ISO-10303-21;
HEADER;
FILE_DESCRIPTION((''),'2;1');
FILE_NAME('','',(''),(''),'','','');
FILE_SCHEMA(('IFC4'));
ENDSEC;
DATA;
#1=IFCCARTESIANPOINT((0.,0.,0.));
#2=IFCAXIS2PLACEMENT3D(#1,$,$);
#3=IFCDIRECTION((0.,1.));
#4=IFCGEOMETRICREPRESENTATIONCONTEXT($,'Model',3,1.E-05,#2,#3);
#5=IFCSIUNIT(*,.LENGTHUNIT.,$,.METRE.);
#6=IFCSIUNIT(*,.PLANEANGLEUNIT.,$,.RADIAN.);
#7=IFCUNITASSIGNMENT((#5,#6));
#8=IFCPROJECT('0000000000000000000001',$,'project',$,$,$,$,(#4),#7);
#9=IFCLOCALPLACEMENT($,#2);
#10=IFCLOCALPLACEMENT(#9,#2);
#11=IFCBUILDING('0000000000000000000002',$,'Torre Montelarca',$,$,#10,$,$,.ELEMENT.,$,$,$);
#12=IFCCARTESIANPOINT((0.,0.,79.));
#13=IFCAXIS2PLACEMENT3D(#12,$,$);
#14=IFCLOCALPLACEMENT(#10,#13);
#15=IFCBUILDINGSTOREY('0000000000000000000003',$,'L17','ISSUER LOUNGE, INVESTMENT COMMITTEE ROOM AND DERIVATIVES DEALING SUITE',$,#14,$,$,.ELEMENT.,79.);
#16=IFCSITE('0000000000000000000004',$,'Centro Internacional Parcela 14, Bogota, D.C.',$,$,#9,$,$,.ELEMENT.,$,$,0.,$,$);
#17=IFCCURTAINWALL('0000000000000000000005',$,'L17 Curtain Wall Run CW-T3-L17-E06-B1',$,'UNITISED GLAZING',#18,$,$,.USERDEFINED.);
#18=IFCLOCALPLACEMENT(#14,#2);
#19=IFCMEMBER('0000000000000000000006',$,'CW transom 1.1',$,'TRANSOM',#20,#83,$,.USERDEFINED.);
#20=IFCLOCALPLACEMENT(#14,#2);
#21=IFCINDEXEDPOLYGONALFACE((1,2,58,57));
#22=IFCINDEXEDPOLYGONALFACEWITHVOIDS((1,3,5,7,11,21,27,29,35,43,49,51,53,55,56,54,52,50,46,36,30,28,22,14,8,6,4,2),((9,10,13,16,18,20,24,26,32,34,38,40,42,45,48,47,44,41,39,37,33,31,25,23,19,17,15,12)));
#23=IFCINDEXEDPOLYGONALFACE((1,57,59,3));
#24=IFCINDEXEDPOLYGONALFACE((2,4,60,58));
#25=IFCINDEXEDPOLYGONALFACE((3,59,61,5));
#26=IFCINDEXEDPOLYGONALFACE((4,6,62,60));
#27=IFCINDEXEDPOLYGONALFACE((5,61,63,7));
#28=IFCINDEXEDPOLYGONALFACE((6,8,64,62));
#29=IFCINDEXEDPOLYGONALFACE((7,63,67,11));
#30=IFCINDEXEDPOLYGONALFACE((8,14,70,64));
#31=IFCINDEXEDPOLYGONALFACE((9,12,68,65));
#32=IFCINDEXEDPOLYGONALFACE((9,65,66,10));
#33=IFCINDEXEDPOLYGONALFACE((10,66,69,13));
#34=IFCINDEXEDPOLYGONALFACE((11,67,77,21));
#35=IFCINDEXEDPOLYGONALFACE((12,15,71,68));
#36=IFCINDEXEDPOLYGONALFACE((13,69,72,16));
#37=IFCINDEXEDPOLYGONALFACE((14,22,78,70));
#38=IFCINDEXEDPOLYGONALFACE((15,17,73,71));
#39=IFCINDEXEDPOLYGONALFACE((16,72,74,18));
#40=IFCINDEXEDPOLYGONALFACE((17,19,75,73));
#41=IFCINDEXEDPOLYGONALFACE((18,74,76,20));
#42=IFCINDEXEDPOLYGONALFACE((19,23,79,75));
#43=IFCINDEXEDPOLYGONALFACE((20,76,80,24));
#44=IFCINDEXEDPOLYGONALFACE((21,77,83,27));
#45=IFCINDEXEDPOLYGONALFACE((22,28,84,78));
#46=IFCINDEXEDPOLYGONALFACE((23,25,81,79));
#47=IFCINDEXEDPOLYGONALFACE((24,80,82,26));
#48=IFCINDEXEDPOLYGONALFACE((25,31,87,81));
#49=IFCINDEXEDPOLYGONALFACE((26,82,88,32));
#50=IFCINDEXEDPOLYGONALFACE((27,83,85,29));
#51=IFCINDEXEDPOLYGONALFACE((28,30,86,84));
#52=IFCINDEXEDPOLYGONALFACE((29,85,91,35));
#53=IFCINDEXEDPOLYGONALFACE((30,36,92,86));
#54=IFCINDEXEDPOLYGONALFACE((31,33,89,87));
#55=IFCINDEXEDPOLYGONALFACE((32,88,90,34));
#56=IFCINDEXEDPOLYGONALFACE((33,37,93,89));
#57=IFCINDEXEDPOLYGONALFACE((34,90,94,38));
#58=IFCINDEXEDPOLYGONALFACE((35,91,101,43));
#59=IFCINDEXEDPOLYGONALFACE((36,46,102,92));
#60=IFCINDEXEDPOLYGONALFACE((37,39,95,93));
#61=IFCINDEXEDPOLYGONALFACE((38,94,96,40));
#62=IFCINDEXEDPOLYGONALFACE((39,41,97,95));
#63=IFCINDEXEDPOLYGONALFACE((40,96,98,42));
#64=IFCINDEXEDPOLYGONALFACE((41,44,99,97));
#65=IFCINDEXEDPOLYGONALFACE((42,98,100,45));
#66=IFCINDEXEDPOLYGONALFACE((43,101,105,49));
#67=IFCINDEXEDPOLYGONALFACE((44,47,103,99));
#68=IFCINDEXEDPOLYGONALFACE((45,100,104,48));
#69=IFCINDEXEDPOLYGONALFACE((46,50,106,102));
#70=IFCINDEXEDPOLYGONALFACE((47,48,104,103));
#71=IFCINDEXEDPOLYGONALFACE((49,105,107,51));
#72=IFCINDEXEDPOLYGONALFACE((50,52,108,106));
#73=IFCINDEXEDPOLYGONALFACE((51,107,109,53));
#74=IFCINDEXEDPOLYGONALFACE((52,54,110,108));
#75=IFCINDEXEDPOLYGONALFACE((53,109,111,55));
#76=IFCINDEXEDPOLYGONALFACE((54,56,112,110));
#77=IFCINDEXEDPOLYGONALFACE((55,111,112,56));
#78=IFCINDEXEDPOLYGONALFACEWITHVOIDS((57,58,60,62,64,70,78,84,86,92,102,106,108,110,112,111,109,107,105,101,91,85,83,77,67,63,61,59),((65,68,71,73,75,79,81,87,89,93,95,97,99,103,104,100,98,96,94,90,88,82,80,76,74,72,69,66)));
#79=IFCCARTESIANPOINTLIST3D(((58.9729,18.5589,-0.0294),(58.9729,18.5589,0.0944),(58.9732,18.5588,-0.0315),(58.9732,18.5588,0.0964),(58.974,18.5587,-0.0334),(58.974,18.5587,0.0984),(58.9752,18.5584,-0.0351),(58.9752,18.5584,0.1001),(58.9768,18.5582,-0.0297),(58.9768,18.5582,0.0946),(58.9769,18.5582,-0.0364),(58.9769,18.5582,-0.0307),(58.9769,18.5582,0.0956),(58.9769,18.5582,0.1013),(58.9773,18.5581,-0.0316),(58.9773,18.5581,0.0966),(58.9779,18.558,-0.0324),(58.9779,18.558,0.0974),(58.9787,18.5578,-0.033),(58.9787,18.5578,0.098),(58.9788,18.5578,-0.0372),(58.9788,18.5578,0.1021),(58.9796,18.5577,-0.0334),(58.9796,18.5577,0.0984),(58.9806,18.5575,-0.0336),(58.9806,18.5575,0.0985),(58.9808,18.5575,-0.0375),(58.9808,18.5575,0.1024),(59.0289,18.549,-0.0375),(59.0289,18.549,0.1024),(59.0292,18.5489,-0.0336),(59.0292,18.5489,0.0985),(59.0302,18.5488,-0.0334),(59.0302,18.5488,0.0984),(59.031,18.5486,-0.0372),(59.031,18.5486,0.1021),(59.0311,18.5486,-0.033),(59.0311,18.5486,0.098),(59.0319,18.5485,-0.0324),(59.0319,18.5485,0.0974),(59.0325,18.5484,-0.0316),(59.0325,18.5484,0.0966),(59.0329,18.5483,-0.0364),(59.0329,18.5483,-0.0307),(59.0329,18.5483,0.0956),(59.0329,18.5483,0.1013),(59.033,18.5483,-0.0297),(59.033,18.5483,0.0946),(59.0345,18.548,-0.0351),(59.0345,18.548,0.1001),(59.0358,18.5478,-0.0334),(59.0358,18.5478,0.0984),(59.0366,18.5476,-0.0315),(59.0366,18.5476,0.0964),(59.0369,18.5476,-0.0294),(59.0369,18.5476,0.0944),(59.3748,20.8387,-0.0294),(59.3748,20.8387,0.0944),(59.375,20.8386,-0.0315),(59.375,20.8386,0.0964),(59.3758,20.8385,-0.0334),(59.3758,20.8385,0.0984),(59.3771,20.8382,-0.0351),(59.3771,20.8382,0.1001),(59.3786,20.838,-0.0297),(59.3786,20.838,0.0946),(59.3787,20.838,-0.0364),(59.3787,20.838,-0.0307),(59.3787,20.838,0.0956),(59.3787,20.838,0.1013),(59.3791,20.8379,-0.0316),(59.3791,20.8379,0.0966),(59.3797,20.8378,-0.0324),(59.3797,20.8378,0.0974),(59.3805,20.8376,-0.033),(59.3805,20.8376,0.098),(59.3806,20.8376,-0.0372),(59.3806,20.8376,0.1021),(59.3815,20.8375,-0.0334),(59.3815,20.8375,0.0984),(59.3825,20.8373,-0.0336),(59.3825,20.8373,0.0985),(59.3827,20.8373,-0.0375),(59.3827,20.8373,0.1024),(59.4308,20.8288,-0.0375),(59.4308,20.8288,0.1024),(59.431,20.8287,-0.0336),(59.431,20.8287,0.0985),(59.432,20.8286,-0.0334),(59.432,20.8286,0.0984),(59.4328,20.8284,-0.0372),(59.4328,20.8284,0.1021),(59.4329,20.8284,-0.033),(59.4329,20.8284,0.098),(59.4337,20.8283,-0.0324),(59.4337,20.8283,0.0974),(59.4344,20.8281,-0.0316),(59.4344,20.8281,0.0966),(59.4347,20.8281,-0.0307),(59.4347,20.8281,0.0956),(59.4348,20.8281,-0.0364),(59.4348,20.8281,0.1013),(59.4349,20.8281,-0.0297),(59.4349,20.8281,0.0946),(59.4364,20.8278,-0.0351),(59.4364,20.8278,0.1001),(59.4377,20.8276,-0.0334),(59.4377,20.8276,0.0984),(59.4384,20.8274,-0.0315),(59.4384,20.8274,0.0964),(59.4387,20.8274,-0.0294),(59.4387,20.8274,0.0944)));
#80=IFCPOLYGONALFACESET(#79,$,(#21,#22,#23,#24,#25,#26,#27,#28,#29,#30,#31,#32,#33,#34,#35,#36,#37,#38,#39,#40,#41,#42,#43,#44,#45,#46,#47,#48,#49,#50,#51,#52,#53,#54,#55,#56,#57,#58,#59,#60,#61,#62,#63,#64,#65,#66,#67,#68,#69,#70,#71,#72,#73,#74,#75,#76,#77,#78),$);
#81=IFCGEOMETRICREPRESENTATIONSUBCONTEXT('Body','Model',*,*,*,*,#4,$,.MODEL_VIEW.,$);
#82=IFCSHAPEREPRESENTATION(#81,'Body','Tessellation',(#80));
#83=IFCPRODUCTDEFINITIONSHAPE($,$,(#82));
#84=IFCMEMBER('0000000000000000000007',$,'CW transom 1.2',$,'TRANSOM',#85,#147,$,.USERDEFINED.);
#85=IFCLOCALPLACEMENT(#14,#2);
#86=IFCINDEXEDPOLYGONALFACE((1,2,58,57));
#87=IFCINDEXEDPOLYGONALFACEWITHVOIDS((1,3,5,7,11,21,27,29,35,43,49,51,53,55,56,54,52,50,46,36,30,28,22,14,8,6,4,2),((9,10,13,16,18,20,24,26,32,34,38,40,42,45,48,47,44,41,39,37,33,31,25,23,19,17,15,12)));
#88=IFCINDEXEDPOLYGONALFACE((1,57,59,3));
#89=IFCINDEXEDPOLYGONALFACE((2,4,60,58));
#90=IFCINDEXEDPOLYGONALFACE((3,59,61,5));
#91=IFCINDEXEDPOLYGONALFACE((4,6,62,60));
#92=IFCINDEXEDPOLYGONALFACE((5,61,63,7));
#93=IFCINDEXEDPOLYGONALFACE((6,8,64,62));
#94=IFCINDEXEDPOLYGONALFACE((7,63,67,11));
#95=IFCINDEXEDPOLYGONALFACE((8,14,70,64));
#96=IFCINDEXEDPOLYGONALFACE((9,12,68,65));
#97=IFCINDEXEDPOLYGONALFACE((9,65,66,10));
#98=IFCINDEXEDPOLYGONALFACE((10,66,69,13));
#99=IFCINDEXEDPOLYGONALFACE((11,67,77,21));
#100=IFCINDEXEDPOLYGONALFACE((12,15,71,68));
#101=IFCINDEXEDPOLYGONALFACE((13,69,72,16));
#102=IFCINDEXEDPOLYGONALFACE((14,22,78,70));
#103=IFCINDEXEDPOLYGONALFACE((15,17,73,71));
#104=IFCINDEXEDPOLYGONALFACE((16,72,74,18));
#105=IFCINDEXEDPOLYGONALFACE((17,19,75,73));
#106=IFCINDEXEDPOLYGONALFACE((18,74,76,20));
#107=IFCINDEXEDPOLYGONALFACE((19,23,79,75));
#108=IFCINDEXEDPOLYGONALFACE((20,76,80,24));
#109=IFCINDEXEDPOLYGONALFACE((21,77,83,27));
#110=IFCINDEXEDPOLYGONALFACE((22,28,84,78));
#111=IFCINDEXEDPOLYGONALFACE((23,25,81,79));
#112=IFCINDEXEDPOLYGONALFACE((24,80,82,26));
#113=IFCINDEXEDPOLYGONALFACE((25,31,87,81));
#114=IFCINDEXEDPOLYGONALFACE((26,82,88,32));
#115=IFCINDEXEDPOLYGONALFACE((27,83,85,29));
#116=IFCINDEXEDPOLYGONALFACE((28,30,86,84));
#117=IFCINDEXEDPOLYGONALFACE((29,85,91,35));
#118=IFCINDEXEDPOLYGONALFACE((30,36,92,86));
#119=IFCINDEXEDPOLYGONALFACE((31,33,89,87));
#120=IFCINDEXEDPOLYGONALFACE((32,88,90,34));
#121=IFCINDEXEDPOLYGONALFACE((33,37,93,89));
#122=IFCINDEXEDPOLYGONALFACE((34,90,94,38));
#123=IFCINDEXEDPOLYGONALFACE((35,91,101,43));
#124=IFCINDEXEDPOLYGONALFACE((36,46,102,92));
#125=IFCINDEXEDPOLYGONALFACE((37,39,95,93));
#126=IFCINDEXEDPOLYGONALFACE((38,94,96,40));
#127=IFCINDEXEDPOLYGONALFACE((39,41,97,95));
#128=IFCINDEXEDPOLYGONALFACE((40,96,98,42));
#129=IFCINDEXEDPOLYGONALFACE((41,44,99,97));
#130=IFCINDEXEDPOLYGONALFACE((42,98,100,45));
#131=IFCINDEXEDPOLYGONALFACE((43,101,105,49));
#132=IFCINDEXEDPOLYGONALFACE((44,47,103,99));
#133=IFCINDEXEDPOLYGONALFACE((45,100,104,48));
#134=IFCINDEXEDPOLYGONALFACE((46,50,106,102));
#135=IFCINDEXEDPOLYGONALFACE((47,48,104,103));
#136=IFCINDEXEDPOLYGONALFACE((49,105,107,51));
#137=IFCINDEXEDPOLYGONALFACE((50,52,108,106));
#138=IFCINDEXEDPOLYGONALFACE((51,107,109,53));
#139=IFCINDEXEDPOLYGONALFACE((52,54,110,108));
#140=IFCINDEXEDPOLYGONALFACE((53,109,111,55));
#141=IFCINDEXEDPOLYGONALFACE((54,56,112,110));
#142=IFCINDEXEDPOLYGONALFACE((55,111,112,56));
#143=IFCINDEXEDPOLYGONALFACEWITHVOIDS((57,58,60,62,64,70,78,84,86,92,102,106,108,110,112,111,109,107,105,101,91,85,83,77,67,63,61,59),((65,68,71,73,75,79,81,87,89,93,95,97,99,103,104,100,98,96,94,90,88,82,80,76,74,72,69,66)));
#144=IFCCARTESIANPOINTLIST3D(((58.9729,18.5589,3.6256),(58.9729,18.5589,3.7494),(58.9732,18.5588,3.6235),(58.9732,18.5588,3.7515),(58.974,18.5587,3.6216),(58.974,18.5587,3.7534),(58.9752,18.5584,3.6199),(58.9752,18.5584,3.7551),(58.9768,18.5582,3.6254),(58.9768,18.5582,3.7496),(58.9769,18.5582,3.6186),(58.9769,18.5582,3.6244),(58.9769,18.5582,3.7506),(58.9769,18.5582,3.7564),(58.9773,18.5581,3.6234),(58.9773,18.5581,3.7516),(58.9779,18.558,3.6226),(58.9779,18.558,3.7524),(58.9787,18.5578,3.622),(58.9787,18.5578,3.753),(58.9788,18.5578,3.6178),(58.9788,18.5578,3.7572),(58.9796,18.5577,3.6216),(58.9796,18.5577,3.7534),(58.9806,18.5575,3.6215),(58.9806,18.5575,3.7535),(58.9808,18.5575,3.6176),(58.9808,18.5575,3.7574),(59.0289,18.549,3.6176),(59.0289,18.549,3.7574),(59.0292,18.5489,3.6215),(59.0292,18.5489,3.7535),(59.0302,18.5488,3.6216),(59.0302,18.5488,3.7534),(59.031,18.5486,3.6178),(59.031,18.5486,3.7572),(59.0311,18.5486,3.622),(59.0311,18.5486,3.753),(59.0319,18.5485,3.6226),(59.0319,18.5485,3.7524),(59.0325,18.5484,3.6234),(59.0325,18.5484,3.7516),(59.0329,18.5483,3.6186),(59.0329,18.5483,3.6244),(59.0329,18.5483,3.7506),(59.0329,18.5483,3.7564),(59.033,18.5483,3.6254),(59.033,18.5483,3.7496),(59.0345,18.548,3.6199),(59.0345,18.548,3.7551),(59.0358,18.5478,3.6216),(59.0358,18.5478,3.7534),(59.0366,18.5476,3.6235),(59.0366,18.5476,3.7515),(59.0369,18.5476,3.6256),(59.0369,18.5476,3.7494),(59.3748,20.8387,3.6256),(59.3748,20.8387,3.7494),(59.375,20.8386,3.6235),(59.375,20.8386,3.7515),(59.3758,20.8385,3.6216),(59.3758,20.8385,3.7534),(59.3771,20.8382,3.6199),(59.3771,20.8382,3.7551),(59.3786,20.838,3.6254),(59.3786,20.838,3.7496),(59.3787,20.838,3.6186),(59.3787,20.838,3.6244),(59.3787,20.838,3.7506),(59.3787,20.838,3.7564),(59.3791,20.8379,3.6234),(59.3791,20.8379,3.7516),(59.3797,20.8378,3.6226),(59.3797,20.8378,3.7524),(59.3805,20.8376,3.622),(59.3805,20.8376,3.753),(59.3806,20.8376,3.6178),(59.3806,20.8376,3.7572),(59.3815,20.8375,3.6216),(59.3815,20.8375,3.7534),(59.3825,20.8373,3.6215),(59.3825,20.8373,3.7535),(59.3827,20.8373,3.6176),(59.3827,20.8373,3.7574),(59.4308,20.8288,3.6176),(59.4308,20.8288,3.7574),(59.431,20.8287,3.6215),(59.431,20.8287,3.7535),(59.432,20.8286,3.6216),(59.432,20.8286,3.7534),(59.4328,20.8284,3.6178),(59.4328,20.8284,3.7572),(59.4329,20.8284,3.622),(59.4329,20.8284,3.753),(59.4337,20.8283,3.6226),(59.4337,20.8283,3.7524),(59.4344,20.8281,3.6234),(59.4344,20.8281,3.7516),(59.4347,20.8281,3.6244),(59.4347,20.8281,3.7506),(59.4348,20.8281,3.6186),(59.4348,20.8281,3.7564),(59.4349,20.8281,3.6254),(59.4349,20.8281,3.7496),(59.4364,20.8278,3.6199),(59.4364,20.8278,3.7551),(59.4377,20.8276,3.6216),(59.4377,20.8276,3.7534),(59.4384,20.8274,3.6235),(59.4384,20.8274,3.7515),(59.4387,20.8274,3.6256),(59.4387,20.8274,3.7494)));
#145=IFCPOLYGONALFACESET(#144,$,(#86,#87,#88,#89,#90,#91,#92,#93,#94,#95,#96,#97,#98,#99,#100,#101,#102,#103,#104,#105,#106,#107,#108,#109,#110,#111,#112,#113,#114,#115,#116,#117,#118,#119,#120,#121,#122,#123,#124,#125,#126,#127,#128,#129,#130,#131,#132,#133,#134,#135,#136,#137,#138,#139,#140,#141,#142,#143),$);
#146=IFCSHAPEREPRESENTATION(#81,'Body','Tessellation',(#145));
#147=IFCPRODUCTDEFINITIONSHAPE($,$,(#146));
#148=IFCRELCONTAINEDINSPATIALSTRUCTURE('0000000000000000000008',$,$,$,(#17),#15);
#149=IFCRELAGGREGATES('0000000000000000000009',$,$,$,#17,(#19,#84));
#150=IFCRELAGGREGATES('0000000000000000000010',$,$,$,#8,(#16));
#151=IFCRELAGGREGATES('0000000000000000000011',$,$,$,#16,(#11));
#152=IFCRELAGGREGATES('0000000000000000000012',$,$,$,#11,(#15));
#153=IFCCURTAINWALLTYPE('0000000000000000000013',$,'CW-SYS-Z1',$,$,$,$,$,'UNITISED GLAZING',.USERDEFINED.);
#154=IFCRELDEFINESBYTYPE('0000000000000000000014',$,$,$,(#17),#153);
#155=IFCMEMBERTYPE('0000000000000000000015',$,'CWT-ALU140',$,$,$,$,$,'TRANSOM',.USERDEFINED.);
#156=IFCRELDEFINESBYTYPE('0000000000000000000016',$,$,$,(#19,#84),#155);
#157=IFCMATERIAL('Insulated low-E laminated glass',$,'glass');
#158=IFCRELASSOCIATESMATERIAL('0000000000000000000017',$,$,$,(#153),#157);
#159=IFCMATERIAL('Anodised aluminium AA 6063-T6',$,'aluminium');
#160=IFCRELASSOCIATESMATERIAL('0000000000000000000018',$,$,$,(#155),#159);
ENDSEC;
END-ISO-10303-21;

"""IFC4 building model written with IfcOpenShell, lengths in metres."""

from ifc_helpers import new_model, si_unit, direction, frame, origin, origin_2d, place, context, subcontext, project, spatial, hollow_rectangle, extrude, source, transform, mapped, material, material_profile, profile_set, type_object, element, aggregate, save


model = new_model("IFC4")

# Units and contexts
model_context = context("Model", 3, precision=1e-05, world=origin(), true_north=direction((0.0, 1.0)))
body_context = subcontext(model_context, "Body", "Model", "MODEL_VIEW")
ifc_project = project(units=[si_unit("LENGTHUNIT", "METRE"), si_unit("PLANEANGLEUNIT", "RADIAN")], contexts=[model_context])

# Site, building, storey
site_placement = place(None, origin())
site = spatial("IfcSite", under=ifc_project, at=site_placement, Name="Centro Internacional Parcela 14, Bogota, D.C.", CompositionType="ELEMENT", RefElevation=0.0)
building_placement = place(site_placement, origin())
building = spatial("IfcBuilding", under=site, at=building_placement, Name="Torre Montelarca", CompositionType="ELEMENT")
storey_placement = place(building_placement, frame((0.0, 0.0, 79.0)))
storey = spatial("IfcBuildingStorey", under=building, at=storey_placement, Name="L17", Description="ISSUER LOUNGE, INVESTMENT COMMITTEE ROOM AND DERIVATIVES DEALING SUITE", CompositionType="ELEMENT", Elevation=79.0)

# Curtain wall, members
ifc_material_1 = material(Name="Insulated low-E laminated glass", Category="glass")
curtain_wall_type = type_object("IfcCurtainWallType", Name="CW-SYS-Z1", ElementType="UNITISED GLAZING", PredefinedType="USERDEFINED", material=ifc_material_1)
ifc_material_2 = material(Name="Anodised aluminium AA 6063-T6", Category="aluminium")
ifc_material_profile_1 = material_profile(ifc_material_2, hollow_rectangle(XDim=0.0649, YDim=0.1399, WallThickness=0.0039, InnerFilletRadius=0.0039, OuterFilletRadius=0.0081, at=origin_2d()), Name="ALU65X140X4", Category="aluminium")
ifc_profile_set_1 = profile_set([ifc_material_profile_1], Name="Anodised aluminium AA 6063-T6")
member_type_1 = type_object("IfcMemberType", Name="CWT-ALU140", ElementType="TRANSOM", PredefinedType="USERDEFINED", material=ifc_profile_set_1)
curtain_wall_1_placement = place(storey_placement, origin())
curtain_wall_1 = element("IfcCurtainWall", 1, at=curtain_wall_1_placement, inside=storey, type_object=curtain_wall_type, Name="L17 Curtain Wall Run CW-T3-L17-E06-B1", ObjectType="UNITISED GLAZING", PredefinedType="USERDEFINED")
shared_shape_1 = source(origin(), body_context, "Body", "SweptSolid", [
    extrude(hollow_rectangle(XDim=0.0649, YDim=0.1399, WallThickness=0.0039, InnerFilletRadius=0.0039, OuterFilletRadius=0.0081, at=origin_2d()), origin(), (0.0, 0.0, 1.0), 2.3149),
])
member_1_placement = place(storey_placement, frame((59.0049, 18.5532, 0.0325), z_axis=(0.173593, 0.984818, 0.0), x_axis=(-0.984818, 0.173593, 0.0)))
member_1 = element("IfcMember", 2, at=member_1_placement, type_object=member_type_1, Name="CW transom 1.1", ObjectType="TRANSOM", PredefinedType="USERDEFINED", context=body_context, shape_type="MappedRepresentation", body=[
    mapped(shared_shape_1, transform((0.0, 0.0, 0.0), scale=1.0)),
])
member_2_placement = place(storey_placement, frame((59.0049, 18.5532, 3.6875), z_axis=(0.173593, 0.984818, 0.0), x_axis=(-0.984818, 0.173593, 0.0)))
member_2 = element("IfcMember", 3, at=member_2_placement, type_object=member_type_1, Name="CW transom 1.2", ObjectType="TRANSOM", PredefinedType="USERDEFINED", context=body_context, shape_type="MappedRepresentation", body=[
    mapped(shared_shape_1, transform((0.0, 0.0, 0.0), scale=1.0)),
])

aggregate(curtain_wall_1, [member_1, member_2])

save(model, "model.ifc")
